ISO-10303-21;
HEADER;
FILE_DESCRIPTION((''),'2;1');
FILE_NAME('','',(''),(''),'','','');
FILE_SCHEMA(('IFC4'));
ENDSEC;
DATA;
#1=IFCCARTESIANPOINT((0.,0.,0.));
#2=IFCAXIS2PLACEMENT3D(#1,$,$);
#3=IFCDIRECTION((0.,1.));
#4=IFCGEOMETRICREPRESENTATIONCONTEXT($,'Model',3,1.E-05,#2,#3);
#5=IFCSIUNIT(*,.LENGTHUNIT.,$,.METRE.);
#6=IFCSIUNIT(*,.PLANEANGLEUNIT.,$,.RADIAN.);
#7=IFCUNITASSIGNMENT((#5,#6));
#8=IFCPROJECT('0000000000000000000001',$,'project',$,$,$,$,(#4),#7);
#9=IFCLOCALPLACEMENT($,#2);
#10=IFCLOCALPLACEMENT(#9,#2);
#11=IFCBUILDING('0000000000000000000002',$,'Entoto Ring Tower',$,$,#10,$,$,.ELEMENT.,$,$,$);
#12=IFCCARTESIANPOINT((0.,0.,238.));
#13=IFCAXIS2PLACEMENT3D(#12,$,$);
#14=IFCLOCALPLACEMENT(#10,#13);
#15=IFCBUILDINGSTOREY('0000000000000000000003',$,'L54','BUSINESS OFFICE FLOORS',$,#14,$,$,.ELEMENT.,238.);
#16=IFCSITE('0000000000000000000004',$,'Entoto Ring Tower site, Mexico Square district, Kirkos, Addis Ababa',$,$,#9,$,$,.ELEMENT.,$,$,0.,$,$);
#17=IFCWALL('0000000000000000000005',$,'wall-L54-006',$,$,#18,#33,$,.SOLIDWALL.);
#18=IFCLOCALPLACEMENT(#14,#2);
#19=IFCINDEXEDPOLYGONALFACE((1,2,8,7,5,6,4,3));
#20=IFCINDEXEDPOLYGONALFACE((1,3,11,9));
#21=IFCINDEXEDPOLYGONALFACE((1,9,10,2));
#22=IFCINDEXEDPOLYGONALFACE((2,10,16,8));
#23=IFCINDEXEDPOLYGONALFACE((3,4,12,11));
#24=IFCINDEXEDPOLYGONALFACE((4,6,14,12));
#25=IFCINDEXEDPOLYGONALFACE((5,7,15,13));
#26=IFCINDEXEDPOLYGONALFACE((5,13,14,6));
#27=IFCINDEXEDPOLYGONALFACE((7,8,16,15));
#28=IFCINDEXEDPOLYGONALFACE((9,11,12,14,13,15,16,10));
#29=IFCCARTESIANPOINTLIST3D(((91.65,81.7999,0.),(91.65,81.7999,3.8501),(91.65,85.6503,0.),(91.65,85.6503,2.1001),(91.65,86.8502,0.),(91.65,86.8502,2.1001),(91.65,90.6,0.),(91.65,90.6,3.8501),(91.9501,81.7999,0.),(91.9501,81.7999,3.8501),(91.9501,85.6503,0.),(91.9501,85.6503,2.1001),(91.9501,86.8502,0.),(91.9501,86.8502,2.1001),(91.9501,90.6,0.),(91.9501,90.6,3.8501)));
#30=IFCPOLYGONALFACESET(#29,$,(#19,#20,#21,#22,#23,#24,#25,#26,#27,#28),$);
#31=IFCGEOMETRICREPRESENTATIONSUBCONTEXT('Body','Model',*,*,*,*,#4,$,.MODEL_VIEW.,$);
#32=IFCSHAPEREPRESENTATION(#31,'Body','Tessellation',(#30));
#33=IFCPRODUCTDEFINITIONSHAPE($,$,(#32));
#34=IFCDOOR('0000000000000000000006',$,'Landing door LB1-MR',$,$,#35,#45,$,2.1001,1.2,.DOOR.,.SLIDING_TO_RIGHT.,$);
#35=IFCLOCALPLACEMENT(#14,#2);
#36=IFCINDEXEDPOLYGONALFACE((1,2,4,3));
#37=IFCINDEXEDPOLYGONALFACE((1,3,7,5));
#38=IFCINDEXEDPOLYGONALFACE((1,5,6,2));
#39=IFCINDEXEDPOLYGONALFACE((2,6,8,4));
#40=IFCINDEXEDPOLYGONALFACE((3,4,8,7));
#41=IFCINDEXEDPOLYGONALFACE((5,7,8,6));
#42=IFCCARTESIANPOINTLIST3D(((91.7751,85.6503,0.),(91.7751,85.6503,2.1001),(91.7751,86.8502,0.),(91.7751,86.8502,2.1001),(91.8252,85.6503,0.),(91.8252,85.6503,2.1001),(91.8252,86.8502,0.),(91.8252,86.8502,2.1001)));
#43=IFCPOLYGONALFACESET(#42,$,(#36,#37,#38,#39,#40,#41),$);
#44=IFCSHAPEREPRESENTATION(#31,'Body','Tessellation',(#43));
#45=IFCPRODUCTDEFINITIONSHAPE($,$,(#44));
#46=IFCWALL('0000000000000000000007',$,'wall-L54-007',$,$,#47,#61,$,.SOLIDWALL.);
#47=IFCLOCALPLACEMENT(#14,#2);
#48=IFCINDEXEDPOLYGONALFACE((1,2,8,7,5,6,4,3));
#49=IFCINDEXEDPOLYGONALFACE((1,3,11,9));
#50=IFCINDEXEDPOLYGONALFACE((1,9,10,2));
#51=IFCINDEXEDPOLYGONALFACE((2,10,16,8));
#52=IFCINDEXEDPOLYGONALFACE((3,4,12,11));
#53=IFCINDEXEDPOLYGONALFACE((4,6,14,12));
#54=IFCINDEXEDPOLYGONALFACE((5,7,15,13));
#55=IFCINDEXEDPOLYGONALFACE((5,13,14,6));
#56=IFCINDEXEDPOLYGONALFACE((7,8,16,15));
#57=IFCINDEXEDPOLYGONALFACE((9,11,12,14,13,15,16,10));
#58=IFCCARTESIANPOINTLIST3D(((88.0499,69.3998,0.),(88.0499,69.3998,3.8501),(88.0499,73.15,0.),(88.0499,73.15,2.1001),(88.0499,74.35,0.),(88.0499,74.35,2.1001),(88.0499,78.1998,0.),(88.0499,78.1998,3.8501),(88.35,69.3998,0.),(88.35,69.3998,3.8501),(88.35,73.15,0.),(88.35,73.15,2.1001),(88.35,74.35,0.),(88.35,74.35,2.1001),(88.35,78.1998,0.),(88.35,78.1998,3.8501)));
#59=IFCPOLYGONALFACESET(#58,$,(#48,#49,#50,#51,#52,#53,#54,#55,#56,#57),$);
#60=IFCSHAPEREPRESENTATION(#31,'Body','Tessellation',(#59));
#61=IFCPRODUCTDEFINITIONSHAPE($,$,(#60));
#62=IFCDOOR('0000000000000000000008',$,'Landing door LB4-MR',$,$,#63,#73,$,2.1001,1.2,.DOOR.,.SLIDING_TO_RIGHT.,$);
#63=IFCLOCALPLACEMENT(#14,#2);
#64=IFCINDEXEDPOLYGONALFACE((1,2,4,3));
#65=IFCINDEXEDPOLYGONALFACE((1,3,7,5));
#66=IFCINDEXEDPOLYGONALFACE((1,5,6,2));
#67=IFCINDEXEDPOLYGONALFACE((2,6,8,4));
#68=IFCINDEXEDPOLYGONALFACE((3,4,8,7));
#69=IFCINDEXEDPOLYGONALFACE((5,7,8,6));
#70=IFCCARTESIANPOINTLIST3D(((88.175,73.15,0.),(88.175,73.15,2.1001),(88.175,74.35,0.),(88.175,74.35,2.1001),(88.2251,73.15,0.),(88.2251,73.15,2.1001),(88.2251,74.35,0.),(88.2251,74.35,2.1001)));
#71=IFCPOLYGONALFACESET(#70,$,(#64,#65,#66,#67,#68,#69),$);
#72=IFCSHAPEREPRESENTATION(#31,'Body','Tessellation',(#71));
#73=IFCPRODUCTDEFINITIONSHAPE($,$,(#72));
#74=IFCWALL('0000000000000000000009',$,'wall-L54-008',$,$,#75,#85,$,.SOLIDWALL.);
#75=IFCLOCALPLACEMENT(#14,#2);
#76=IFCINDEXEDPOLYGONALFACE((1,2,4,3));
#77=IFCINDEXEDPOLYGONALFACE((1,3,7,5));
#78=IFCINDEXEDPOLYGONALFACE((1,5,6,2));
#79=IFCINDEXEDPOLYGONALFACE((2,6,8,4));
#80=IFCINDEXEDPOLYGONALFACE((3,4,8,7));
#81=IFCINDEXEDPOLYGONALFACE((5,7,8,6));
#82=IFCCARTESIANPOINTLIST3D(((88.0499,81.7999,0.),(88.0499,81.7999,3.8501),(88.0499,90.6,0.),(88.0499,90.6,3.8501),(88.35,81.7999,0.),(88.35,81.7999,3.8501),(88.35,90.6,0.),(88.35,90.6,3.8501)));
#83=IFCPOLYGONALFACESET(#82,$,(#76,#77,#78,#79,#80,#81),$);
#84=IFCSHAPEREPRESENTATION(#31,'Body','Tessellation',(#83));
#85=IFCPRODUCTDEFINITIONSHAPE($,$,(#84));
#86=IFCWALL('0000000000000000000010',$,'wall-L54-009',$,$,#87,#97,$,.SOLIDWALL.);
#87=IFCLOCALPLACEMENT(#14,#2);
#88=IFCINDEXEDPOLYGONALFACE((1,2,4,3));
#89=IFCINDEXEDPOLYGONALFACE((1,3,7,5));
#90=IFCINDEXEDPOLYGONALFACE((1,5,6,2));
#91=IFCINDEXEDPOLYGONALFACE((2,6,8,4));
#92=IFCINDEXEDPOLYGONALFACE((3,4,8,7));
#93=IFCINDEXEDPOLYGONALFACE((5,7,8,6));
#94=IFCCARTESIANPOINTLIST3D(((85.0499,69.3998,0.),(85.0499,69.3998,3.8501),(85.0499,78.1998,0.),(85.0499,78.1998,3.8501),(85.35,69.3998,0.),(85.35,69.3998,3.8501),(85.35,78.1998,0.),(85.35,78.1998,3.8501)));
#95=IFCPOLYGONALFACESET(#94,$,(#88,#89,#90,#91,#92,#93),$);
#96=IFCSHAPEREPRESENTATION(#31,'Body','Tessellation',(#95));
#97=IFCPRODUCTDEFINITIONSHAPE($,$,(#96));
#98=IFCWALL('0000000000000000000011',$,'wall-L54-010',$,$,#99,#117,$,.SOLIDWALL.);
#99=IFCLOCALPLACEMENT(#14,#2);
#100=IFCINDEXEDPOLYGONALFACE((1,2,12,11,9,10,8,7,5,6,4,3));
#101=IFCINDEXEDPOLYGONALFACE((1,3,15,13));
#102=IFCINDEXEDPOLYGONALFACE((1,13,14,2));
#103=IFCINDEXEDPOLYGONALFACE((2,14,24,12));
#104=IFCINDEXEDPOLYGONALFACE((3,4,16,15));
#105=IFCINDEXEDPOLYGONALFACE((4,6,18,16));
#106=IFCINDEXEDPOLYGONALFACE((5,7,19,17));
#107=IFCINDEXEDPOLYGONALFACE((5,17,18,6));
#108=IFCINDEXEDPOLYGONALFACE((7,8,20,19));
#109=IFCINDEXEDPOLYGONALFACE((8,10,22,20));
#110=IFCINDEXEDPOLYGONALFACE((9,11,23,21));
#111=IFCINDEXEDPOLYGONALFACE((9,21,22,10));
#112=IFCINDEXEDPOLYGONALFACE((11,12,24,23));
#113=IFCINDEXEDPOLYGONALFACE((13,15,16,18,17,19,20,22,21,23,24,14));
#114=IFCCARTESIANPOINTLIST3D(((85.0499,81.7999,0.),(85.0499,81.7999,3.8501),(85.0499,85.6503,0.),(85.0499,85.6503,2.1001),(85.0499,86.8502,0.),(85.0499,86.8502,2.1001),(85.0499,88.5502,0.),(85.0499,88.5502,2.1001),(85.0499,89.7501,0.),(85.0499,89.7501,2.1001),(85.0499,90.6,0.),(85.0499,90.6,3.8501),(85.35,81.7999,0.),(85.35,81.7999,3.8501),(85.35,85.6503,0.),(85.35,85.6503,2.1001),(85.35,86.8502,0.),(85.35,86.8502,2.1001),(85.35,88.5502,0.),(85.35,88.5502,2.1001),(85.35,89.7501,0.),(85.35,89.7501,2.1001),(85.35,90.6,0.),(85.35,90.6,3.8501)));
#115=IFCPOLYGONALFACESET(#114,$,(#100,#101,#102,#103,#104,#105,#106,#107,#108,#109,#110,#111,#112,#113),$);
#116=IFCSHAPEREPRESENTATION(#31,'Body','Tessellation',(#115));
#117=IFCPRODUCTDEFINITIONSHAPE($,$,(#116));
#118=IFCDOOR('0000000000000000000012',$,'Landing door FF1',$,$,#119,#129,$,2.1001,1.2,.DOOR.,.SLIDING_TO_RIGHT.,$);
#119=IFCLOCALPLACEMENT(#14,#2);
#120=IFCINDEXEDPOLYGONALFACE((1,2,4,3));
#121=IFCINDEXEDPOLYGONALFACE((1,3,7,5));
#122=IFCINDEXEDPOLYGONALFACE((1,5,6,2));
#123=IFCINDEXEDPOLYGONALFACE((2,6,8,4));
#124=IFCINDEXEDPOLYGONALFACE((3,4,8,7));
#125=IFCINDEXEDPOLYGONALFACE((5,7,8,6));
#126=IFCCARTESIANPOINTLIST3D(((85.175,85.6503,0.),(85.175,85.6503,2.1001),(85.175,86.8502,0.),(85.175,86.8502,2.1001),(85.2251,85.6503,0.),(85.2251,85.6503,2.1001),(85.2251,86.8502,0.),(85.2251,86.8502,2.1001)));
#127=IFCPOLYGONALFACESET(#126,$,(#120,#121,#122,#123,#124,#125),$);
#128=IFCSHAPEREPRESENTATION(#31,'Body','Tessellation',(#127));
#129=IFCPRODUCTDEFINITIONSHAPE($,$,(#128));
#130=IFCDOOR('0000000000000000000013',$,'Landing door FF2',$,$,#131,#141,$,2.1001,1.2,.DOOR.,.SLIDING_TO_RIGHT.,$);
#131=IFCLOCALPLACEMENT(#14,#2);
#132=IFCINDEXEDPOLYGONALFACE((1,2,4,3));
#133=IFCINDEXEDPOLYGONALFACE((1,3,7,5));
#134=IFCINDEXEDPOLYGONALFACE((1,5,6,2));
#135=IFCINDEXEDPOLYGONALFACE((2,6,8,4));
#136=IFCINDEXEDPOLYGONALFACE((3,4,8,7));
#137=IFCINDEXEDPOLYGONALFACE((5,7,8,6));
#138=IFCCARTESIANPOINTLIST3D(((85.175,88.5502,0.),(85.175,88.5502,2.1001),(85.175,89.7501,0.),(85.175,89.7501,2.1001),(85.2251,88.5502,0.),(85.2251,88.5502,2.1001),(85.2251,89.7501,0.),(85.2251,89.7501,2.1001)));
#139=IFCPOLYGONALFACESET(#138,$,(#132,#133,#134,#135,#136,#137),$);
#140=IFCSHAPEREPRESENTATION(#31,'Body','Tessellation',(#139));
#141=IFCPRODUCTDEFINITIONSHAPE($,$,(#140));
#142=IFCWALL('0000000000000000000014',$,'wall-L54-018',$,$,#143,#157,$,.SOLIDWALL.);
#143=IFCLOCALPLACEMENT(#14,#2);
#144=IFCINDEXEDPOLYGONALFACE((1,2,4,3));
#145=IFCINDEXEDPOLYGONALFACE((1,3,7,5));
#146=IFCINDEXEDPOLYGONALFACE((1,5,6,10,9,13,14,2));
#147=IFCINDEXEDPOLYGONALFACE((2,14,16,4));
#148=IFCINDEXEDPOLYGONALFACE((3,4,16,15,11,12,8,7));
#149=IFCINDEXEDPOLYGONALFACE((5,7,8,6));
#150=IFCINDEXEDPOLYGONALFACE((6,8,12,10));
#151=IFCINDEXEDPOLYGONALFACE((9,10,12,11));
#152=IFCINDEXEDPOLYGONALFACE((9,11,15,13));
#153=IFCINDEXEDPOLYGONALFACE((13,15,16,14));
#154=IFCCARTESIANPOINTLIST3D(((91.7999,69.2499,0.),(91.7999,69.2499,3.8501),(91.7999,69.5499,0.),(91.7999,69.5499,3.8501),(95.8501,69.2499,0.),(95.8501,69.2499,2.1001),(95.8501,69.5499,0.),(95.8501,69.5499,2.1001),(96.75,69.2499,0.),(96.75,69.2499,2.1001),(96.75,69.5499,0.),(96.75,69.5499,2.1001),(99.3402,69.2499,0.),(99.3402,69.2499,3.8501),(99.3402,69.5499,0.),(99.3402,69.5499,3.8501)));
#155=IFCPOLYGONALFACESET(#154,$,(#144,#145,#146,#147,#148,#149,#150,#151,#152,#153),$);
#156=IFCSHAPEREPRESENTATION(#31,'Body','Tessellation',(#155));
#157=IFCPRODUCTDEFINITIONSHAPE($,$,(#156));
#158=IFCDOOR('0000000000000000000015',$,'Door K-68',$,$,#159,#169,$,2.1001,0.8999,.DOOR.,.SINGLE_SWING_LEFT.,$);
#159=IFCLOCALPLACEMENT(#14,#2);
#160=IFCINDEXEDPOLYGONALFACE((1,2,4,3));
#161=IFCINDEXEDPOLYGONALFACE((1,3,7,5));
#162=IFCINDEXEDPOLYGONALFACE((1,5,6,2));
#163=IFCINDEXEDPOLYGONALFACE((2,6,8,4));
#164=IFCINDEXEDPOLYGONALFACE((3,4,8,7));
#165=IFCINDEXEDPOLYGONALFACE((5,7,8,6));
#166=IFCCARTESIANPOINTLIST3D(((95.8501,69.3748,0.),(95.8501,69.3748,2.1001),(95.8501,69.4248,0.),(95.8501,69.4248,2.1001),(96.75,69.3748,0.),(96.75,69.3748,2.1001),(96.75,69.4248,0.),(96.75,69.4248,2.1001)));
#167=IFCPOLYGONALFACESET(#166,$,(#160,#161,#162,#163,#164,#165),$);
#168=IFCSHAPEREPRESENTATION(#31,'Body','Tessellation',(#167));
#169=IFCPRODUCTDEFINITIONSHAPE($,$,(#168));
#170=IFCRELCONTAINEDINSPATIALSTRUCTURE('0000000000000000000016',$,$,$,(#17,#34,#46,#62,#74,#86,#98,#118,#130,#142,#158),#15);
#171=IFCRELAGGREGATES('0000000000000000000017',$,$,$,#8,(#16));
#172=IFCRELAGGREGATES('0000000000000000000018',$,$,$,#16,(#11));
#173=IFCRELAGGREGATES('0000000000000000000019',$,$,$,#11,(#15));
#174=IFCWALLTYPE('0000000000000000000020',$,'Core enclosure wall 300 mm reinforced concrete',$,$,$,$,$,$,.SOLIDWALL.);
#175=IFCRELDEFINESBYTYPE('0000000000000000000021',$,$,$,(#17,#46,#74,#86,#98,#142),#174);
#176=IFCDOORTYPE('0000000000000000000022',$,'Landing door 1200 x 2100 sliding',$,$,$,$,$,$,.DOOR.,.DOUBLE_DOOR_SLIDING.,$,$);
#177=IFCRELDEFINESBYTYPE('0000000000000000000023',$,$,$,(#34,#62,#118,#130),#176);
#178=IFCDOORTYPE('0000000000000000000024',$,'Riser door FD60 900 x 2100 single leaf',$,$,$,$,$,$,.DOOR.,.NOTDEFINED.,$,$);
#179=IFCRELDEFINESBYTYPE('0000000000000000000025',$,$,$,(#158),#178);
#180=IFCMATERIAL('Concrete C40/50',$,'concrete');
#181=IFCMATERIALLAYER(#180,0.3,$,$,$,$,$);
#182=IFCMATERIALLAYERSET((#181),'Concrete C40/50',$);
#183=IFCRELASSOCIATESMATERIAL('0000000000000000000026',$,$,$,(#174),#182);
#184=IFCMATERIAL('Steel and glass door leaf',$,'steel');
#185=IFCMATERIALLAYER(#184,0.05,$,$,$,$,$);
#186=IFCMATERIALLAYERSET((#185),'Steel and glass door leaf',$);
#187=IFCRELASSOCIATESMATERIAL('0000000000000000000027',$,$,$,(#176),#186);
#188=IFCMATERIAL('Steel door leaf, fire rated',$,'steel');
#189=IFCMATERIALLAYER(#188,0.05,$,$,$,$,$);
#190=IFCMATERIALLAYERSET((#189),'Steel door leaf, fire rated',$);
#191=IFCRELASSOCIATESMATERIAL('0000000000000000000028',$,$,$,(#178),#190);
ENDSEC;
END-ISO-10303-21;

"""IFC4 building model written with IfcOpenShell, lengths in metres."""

from ifc_helpers import new_model, si_unit, direction, frame, frame_2d, origin, place, context, subcontext, project, spatial, rectangle, extrude, material, layer, layer_set, type_object, element, fill, save


model = new_model("IFC4")

# Units and contexts
model_context = context("Model", 3, precision=1e-05, world=origin(), true_north=direction((0.0, 1.0)))
body_context = subcontext(model_context, "Body", "Model", "MODEL_VIEW")
ifc_project = project(units=[si_unit("LENGTHUNIT", "METRE"), si_unit("PLANEANGLEUNIT", "RADIAN")], contexts=[model_context])

# Site, building, storey
site_placement = place(None, origin())
site = spatial("IfcSite", under=ifc_project, at=site_placement, Name="Entoto Ring Tower site, Mexico Square district, Kirkos, Addis Ababa", CompositionType="ELEMENT", RefElevation=0.0)
building_placement = place(site_placement, origin())
building = spatial("IfcBuilding", under=site, at=building_placement, Name="Entoto Ring Tower", CompositionType="ELEMENT")
storey_placement = place(building_placement, frame((0.0, 0.0, 238.0)))
storey = spatial("IfcBuildingStorey", under=building, at=storey_placement, Name="L54", Description="BUSINESS OFFICE FLOORS", CompositionType="ELEMENT", Elevation=238.0)

# Shared definitions
ifc_material_1 = material(Name="Concrete C40/50", Category="concrete")
ifc_layer_1 = layer(ifc_material_1, 0.3)
ifc_layer_set_1 = layer_set([ifc_layer_1], Name="Concrete C40/50")
wall_type = type_object("IfcWallType", Name="Core enclosure wall 300 mm reinforced concrete", PredefinedType="SOLIDWALL", material=ifc_layer_set_1)

# Shared definitions
ifc_material_2 = material(Name="Steel and glass door leaf", Category="steel")
ifc_layer_2 = layer(ifc_material_2, 0.05)
ifc_layer_set_2 = layer_set([ifc_layer_2], Name="Steel and glass door leaf")
door_type_1 = type_object("IfcDoorType", Name="Landing door 1200 x 2100 sliding", OperationType="DOUBLE_DOOR_SLIDING", PredefinedType="DOOR", material=ifc_layer_set_2)

# Walls, openings, doors
wall_1_placement = place(storey_placement, frame((91.8, 81.8, 0.0), z_axis=(0.0, 0.0, 1.0), x_axis=(0.0, 1.0, 0.0)))
wall_1 = element("IfcWall", 1, at=wall_1_placement, inside=storey, type_object=wall_type, Name="wall-L54-006", PredefinedType="SOLIDWALL", context=body_context, shape_type="SweptSolid", body=[
    extrude(rectangle(XDim=8.8, YDim=0.3, at=frame_2d((4.3999, 0.0))), origin(), (0.0, 0.0, 1.0), 3.8501),
])
opening_1_placement = place(wall_1_placement, frame((3.8501, 0.0, 0.0)))
opening_1 = element("IfcOpeningElement", 2, at=opening_1_placement, cuts=wall_1, PredefinedType="OPENING", context=body_context, shape_type="SweptSolid", body=[
    extrude(rectangle(XDim=1.2, YDim=2.1001, at=frame_2d((0.6001, 1.05))), frame((0.0, 0.1602, 0.0), z_axis=(0.0, -1.0, 0.0), x_axis=(1.0, 0.0, 0.0)), (0.0, 0.0, 1.0), 0.3201),
])
door_1_placement = place(opening_1_placement, origin())
door_1 = element("IfcDoor", 3, at=door_1_placement, inside=storey, type_object=door_type_1, Name="Landing door LB1-MR", OperationType="SLIDING_TO_RIGHT", OverallHeight=2.1001, OverallWidth=1.2, PredefinedType="DOOR", context=body_context, shape_type="SweptSolid", body=[
    extrude(rectangle(XDim=1.2, YDim=2.1001, at=frame_2d((0.6001, 1.05))), frame((0.0, 0.0249, 0.0), z_axis=(0.0, -1.0, 0.0), x_axis=(1.0, 0.0, 0.0)), (0.0, 0.0, 1.0), 0.05),
])
fill(opening_1, door_1)
wall_2_placement = place(storey_placement, frame((88.2, 69.3999, 0.0), z_axis=(0.0, 0.0, 1.0), x_axis=(0.0, 1.0, 0.0)))
wall_2 = element("IfcWall", 4, at=wall_2_placement, inside=storey, type_object=wall_type, Name="wall-L54-007", PredefinedType="SOLIDWALL", context=body_context, shape_type="SweptSolid", body=[
    extrude(rectangle(XDim=8.8, YDim=0.3, at=frame_2d((4.3999, 0.0))), origin(), (0.0, 0.0, 1.0), 3.8501),
])
opening_2_placement = place(wall_2_placement, frame((3.75, 0.0, 0.0)))
opening_2 = element("IfcOpeningElement", 5, at=opening_2_placement, cuts=wall_2, PredefinedType="OPENING", context=body_context, shape_type="SweptSolid", body=[
    extrude(rectangle(XDim=1.2, YDim=2.1001, at=frame_2d((0.6001, 1.05))), frame((0.0, 0.1602, 0.0), z_axis=(0.0, -1.0, 0.0), x_axis=(1.0, 0.0, 0.0)), (0.0, 0.0, 1.0), 0.3201),
])
door_2_placement = place(opening_2_placement, origin())
door_2 = element("IfcDoor", 6, at=door_2_placement, inside=storey, type_object=door_type_1, Name="Landing door LB4-MR", OperationType="SLIDING_TO_RIGHT", OverallHeight=2.1001, OverallWidth=1.2, PredefinedType="DOOR", context=body_context, shape_type="SweptSolid", body=[
    extrude(rectangle(XDim=1.2, YDim=2.1001, at=frame_2d((0.6001, 1.05))), frame((0.0, 0.0249, 0.0), z_axis=(0.0, -1.0, 0.0), x_axis=(1.0, 0.0, 0.0)), (0.0, 0.0, 1.0), 0.05),
])
fill(opening_2, door_2)

# Walls
for number, where, z_axis, x_axis, name in (
    (7, (88.2, 81.8, 0.0), (0.0, 0.0, 1.0), (0.0, 1.0, 0.0), "wall-L54-008"),
    (8, (85.2, 69.3999, 0.0), (0.0, 0.0, 1.0), (0.0, 1.0, 0.0), "wall-L54-009"),
):
    element("IfcWall", number, at=place(storey_placement, frame(where, z_axis=z_axis, x_axis=x_axis)), inside=storey, type_object=wall_type, Name=name, PredefinedType="SOLIDWALL", context=body_context, shape_type="SweptSolid", body=[
        extrude(rectangle(XDim=8.8, YDim=0.3, at=frame_2d((4.3999, 0.0))), origin(), (0.0, 0.0, 1.0), 3.8501),
    ])

# Wall, openings, doors
wall_3_placement = place(storey_placement, frame((85.2, 81.8, 0.0), z_axis=(0.0, 0.0, 1.0), x_axis=(0.0, 1.0, 0.0)))
wall_3 = element("IfcWall", 9, at=wall_3_placement, inside=storey, type_object=wall_type, Name="wall-L54-010", PredefinedType="SOLIDWALL", context=body_context, shape_type="SweptSolid", body=[
    extrude(rectangle(XDim=8.8, YDim=0.3, at=frame_2d((4.3999, 0.0))), origin(), (0.0, 0.0, 1.0), 3.8501),
])
opening_3_placement = place(wall_3_placement, frame((3.8501, 0.0, 0.0)))
opening_3 = element("IfcOpeningElement", 10, at=opening_3_placement, cuts=wall_3, PredefinedType="OPENING", context=body_context, shape_type="SweptSolid", body=[
    extrude(rectangle(XDim=1.2, YDim=2.1001, at=frame_2d((0.6001, 1.05))), frame((0.0, 0.1602, 0.0), z_axis=(0.0, -1.0, 0.0), x_axis=(1.0, 0.0, 0.0)), (0.0, 0.0, 1.0), 0.3201),
])
opening_4_placement = place(wall_3_placement, frame((6.75, 0.0, 0.0)))
opening_4 = element("IfcOpeningElement", 11, at=opening_4_placement, cuts=wall_3, PredefinedType="OPENING", context=body_context, shape_type="SweptSolid", body=[
    extrude(rectangle(XDim=1.2, YDim=2.1001, at=frame_2d((0.6001, 1.05))), frame((0.0, 0.1602, 0.0), z_axis=(0.0, -1.0, 0.0), x_axis=(1.0, 0.0, 0.0)), (0.0, 0.0, 1.0), 0.3201),
])
door_3_placement = place(opening_3_placement, origin())
door_3 = element("IfcDoor", 12, at=door_3_placement, inside=storey, type_object=door_type_1, Name="Landing door FF1", OperationType="SLIDING_TO_RIGHT", OverallHeight=2.1001, OverallWidth=1.2, PredefinedType="DOOR", context=body_context, shape_type="SweptSolid", body=[
    extrude(rectangle(XDim=1.2, YDim=2.1001, at=frame_2d((0.6001, 1.05))), frame((0.0, 0.0249, 0.0), z_axis=(0.0, -1.0, 0.0), x_axis=(1.0, 0.0, 0.0)), (0.0, 0.0, 1.0), 0.05),
])
fill(opening_3, door_3)
door_4_placement = place(opening_4_placement, origin())
door_4 = element("IfcDoor", 13, at=door_4_placement, inside=storey, type_object=door_type_1, Name="Landing door FF2", OperationType="SLIDING_TO_RIGHT", OverallHeight=2.1001, OverallWidth=1.2, PredefinedType="DOOR", context=body_context, shape_type="SweptSolid", body=[
    extrude(rectangle(XDim=1.2, YDim=2.1001, at=frame_2d((0.6001, 1.05))), frame((0.0, 0.0249, 0.0), z_axis=(0.0, -1.0, 0.0), x_axis=(1.0, 0.0, 0.0)), (0.0, 0.0, 1.0), 0.05),
])
fill(opening_4, door_4)

# Wall, opening, door
wall_4_placement = place(storey_placement, frame((91.8, 69.3999, 0.0), z_axis=(0.0, 0.0, 1.0), x_axis=(1.0, 0.0, 0.0)))
wall_4 = element("IfcWall", 14, at=wall_4_placement, inside=storey, type_object=wall_type, Name="wall-L54-018", PredefinedType="SOLIDWALL", context=body_context, shape_type="SweptSolid", body=[
    extrude(rectangle(XDim=7.5403, YDim=0.3, at=frame_2d((3.77, 0.0))), origin(), (0.0, 0.0, 1.0), 3.8501),
])
opening_5_placement = place(wall_4_placement, frame((4.05, 0.0, 0.0)))
opening_5 = element("IfcOpeningElement", 15, at=opening_5_placement, cuts=wall_4, PredefinedType="OPENING", context=body_context, shape_type="SweptSolid", body=[
    extrude(rectangle(XDim=0.8999, YDim=2.1001, at=frame_2d((0.45, 1.05))), frame((0.0, 0.1602, 0.0), z_axis=(0.0, -1.0, 0.0), x_axis=(1.0, 0.0, 0.0)), (0.0, 0.0, 1.0), 0.3201),
])
ifc_material_3 = material(Name="Steel door leaf, fire rated", Category="steel")
ifc_layer_3 = layer(ifc_material_3, 0.05)
ifc_layer_set_3 = layer_set([ifc_layer_3], Name="Steel door leaf, fire rated")
door_type_2 = type_object("IfcDoorType", Name="Riser door FD60 900 x 2100 single leaf", OperationType="NOTDEFINED", PredefinedType="DOOR", material=ifc_layer_set_3)
door_5_placement = place(opening_5_placement, origin())
door_5 = element("IfcDoor", 16, at=door_5_placement, inside=storey, type_object=door_type_2, Name="Door K-68", OperationType="SINGLE_SWING_LEFT", OverallHeight=2.1001, OverallWidth=0.8999, PredefinedType="DOOR", context=body_context, shape_type="SweptSolid", body=[
    extrude(rectangle(XDim=0.8999, YDim=2.1001, at=frame_2d((0.45, 1.05))), frame((0.0, 0.0249, 0.0), z_axis=(0.0, -1.0, 0.0), x_axis=(1.0, 0.0, 0.0)), (0.0, 0.0, 1.0), 0.05),
])
fill(opening_5, door_5)

save(model, "model.ifc")
